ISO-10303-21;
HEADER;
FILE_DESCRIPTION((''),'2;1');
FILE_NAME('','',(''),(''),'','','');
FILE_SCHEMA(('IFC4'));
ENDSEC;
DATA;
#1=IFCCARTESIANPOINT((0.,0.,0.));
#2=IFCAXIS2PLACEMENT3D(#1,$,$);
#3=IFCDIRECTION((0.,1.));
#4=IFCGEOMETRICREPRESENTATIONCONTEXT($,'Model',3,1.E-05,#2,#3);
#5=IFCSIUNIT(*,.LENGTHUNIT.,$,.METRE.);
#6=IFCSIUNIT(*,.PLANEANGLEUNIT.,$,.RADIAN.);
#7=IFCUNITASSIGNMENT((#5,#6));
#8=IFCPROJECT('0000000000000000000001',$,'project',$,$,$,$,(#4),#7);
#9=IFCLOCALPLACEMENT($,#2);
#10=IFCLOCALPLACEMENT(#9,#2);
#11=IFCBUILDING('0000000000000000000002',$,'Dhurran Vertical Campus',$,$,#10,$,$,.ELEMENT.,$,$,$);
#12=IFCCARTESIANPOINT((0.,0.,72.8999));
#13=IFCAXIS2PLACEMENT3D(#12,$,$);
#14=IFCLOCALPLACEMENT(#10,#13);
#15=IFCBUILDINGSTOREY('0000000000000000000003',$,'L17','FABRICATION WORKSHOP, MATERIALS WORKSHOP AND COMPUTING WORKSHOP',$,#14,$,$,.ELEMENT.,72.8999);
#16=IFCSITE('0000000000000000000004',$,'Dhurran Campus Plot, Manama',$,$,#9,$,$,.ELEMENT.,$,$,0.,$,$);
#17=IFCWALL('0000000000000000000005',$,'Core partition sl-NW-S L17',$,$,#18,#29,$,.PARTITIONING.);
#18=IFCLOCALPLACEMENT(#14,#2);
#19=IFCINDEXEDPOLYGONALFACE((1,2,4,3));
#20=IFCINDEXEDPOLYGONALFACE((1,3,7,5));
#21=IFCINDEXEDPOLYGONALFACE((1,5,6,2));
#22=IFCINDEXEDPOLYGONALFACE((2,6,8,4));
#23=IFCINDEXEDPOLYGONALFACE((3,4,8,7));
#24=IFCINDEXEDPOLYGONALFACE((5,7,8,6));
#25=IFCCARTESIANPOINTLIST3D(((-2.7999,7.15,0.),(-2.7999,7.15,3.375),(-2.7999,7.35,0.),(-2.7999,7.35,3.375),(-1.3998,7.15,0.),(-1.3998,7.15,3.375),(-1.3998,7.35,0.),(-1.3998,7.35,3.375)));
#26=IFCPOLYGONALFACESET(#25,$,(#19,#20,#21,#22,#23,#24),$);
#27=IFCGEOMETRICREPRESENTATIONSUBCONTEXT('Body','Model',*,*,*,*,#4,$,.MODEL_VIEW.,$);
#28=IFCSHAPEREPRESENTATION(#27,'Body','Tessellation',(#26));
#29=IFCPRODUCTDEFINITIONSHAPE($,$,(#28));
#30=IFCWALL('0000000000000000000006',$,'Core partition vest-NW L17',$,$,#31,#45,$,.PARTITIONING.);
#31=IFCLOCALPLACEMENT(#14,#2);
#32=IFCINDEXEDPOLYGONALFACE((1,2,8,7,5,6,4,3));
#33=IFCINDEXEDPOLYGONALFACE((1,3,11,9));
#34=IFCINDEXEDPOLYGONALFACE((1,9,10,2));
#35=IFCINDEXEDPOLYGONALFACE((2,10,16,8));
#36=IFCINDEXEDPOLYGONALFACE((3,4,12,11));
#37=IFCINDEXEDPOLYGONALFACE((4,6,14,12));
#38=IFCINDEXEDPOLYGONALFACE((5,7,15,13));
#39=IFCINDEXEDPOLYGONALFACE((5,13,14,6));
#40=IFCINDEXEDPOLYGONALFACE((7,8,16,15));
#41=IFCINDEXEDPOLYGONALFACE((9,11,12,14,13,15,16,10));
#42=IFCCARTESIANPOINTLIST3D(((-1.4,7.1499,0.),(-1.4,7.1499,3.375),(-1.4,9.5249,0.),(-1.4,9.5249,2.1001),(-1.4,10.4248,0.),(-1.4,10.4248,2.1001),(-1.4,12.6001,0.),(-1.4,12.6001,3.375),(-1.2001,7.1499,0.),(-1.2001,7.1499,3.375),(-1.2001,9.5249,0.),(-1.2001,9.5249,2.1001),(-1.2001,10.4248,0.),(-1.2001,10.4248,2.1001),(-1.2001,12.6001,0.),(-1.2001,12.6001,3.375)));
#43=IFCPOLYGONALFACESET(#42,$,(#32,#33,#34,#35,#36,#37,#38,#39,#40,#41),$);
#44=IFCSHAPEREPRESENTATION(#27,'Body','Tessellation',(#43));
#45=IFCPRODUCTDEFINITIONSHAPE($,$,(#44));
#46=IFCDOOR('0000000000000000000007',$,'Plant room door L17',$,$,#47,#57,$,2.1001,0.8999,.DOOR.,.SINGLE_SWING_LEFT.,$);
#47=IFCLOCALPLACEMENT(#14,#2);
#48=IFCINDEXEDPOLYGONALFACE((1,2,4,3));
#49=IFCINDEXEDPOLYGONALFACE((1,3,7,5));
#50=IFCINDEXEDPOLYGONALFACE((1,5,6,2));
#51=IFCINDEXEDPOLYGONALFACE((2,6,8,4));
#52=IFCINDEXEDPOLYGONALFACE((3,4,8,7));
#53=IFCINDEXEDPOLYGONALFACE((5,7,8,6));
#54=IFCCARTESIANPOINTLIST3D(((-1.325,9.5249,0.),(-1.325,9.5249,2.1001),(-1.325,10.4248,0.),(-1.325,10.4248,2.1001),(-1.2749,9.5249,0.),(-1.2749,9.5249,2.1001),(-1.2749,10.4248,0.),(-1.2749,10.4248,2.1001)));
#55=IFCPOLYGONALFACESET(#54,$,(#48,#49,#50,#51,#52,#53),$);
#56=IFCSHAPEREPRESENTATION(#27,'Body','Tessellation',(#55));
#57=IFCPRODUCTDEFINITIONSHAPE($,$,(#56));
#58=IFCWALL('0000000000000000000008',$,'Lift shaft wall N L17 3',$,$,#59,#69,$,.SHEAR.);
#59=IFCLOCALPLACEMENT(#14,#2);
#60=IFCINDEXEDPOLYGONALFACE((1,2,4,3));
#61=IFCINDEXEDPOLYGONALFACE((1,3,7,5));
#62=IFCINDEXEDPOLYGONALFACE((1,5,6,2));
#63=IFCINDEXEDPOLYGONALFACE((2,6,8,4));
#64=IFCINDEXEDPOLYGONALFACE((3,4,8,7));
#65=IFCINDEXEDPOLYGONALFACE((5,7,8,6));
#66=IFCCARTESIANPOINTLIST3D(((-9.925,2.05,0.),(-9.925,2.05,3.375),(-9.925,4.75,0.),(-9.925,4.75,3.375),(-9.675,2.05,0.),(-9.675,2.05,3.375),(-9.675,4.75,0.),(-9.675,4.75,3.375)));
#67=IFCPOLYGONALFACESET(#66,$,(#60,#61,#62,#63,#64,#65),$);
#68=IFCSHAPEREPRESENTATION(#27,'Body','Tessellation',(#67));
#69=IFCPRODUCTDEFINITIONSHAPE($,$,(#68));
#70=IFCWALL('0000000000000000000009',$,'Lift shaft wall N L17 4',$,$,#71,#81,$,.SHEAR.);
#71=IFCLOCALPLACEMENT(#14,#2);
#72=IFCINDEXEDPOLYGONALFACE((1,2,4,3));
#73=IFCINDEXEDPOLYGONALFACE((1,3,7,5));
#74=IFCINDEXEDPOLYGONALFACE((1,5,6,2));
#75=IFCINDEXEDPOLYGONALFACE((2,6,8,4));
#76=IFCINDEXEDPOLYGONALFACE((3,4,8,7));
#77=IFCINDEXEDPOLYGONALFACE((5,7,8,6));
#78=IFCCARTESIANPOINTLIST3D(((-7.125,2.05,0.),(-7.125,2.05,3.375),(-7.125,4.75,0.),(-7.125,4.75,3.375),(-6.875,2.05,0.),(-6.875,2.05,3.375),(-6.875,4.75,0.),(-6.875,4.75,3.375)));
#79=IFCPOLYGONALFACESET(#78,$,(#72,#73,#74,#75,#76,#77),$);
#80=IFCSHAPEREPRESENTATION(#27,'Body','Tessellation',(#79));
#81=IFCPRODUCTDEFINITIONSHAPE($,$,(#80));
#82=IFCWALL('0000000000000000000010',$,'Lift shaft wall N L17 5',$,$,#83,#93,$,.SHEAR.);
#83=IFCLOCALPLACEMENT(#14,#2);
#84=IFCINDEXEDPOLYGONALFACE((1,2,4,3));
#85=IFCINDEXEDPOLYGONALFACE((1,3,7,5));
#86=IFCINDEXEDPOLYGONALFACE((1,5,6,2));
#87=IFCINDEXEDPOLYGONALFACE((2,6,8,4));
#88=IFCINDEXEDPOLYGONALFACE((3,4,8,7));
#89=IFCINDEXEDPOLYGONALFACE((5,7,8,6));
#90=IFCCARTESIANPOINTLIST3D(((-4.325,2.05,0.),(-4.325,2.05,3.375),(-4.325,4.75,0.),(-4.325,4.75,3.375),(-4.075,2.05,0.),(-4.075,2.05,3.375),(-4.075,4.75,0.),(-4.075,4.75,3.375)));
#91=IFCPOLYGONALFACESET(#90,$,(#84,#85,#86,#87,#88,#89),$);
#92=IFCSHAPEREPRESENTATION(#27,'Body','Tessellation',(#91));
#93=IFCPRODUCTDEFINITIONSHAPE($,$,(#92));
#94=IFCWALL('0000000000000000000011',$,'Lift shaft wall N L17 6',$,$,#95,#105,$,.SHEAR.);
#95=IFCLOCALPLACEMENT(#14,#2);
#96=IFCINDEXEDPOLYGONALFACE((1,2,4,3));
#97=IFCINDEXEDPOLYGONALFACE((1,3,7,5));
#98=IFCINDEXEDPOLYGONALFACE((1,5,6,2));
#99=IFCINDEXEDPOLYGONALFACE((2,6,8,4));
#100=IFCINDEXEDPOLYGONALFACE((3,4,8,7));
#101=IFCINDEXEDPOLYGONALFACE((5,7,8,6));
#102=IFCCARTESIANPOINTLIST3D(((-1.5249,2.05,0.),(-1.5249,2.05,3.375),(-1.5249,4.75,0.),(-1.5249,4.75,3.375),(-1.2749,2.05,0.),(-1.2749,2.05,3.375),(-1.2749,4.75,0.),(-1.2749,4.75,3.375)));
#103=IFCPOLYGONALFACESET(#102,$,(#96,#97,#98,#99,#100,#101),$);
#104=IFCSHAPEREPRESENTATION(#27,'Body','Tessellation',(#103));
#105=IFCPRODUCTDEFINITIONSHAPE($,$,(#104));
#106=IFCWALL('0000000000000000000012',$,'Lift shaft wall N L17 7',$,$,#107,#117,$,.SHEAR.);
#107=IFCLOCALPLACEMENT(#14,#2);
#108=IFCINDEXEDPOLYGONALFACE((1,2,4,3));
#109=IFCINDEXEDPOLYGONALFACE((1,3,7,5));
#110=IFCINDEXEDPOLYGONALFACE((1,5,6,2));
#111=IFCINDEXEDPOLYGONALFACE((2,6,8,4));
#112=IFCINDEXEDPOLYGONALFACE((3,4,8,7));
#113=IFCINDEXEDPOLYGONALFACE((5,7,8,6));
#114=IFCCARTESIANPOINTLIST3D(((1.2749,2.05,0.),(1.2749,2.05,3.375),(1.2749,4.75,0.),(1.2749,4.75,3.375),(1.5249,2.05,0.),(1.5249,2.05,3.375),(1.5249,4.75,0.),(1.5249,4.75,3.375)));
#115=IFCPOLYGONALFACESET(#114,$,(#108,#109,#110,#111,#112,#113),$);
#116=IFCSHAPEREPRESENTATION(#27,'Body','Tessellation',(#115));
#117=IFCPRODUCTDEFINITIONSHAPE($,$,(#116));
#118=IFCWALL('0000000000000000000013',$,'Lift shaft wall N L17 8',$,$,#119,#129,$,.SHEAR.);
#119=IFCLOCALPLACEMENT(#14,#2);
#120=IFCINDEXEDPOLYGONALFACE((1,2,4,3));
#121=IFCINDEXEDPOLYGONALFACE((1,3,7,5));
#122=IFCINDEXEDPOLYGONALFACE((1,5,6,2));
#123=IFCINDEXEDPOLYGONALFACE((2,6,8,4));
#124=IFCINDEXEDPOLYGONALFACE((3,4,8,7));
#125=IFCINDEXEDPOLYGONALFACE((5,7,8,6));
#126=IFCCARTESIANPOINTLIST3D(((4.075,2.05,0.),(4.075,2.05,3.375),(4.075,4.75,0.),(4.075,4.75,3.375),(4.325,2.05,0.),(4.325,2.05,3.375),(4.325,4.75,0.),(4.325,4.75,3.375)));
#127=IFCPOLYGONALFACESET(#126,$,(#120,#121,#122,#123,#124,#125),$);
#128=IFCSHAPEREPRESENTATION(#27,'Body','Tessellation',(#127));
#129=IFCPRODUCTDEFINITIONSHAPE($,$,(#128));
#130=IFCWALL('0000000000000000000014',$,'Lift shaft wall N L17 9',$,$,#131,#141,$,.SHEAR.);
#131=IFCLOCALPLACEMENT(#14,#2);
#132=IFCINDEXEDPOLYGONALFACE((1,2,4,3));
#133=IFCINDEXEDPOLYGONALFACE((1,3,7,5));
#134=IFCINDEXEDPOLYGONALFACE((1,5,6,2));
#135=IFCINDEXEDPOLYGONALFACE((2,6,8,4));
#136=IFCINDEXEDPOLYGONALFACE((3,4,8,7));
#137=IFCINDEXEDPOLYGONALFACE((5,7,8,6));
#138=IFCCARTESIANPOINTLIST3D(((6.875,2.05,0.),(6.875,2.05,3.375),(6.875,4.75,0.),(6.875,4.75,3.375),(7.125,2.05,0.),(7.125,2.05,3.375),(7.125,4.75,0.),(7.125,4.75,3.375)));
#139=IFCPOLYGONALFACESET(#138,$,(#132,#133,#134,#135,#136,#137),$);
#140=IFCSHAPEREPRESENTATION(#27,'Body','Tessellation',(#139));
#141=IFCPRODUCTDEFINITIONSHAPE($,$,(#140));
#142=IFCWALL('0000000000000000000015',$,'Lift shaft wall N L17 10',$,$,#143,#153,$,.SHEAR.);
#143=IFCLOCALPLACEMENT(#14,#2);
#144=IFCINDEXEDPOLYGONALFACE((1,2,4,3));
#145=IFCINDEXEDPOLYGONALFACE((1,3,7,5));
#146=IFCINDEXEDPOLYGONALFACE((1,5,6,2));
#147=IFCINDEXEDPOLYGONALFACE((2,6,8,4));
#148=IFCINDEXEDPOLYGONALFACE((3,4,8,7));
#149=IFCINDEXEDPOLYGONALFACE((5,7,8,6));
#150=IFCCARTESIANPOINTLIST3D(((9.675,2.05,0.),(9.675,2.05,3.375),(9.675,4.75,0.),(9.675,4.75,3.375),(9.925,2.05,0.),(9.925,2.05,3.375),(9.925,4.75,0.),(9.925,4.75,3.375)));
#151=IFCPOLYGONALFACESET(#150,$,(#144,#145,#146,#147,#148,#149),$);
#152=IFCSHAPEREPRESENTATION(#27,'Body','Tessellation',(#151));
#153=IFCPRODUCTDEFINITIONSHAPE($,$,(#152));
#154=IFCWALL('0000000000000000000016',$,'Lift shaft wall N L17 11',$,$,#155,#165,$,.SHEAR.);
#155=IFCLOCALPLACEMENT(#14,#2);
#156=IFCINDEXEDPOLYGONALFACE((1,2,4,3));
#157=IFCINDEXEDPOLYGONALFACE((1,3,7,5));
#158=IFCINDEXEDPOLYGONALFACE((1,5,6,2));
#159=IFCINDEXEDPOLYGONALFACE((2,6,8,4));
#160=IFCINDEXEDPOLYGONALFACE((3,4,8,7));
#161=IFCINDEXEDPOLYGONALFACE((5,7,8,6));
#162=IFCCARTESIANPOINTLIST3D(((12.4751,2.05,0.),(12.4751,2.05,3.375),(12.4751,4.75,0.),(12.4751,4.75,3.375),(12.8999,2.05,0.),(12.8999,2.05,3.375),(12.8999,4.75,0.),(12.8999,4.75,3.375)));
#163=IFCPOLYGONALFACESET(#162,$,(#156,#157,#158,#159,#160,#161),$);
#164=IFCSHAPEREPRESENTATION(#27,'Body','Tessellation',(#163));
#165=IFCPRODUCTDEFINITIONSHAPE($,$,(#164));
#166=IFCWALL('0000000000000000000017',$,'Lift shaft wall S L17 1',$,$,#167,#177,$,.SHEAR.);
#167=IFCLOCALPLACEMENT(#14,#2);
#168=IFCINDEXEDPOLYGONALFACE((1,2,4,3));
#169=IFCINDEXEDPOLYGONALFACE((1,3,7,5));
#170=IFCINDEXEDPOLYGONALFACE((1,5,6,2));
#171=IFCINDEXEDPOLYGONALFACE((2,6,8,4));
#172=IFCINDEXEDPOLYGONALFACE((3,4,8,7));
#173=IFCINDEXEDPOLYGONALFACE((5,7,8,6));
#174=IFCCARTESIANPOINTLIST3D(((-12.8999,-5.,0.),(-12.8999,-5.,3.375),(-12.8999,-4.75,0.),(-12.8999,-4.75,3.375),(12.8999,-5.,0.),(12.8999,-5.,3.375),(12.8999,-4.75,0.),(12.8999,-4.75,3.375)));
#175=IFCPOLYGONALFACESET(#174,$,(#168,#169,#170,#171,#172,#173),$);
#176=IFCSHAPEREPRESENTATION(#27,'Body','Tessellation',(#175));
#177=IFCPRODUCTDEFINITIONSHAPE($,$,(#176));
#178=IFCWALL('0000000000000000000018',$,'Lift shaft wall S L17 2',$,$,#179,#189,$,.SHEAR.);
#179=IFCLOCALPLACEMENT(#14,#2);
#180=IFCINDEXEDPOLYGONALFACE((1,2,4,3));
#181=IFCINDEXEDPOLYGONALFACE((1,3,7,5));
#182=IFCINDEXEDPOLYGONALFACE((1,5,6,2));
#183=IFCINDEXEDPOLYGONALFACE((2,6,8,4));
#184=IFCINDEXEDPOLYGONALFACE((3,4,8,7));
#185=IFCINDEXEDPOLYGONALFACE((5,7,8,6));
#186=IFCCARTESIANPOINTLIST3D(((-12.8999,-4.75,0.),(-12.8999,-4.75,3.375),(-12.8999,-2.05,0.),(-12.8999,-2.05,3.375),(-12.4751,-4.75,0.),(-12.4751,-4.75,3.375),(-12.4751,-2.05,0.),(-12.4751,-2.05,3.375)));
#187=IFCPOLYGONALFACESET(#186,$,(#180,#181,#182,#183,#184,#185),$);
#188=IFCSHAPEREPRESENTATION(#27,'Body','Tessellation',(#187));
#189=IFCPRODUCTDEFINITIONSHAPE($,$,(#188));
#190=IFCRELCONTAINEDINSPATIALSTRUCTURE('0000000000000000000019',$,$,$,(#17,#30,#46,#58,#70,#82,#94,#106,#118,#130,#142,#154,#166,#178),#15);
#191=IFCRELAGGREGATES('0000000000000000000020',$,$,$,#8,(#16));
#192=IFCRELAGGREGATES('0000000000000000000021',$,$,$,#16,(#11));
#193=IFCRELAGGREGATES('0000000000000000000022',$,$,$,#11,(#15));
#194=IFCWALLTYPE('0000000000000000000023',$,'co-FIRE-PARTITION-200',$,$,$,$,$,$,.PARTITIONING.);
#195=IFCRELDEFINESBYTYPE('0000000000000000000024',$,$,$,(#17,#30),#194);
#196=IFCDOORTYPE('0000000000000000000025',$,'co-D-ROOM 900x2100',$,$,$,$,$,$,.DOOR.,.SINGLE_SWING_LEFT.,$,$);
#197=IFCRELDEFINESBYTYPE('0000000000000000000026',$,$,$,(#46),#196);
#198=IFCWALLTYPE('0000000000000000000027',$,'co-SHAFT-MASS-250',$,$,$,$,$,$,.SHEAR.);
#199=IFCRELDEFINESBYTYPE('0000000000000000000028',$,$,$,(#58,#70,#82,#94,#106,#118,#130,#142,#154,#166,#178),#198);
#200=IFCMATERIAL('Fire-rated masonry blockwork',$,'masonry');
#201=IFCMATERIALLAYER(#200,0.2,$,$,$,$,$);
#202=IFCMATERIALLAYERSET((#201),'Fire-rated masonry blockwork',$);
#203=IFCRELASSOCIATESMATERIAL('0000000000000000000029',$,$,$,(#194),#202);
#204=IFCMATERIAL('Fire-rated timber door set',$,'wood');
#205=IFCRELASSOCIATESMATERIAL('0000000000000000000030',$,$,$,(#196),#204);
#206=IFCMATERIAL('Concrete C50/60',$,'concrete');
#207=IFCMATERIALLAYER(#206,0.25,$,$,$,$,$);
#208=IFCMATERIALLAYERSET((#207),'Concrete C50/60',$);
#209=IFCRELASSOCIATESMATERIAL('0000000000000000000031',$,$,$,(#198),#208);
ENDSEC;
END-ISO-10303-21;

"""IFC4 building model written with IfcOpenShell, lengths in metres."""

from ifc_helpers import new_model, si_unit, direction, frame, frame_2d, origin, place, context, subcontext, project, spatial, polyline, rectangle, outline, extrude, material, layer, layer_set, type_object, element, fill, save


model = new_model("IFC4")

# Units and contexts
model_context = context("Model", 3, precision=1e-05, world=origin(), true_north=direction((0.0, 1.0)))
body_context = subcontext(model_context, "Body", "Model", "MODEL_VIEW")
ifc_project = project(units=[si_unit("LENGTHUNIT", "METRE"), si_unit("PLANEANGLEUNIT", "RADIAN")], contexts=[model_context])

# Site, building, storey
site_placement = place(None, origin())
site = spatial("IfcSite", under=ifc_project, at=site_placement, Name="Dhurran Campus Plot, Manama", CompositionType="ELEMENT", RefElevation=0.0)
building_placement = place(site_placement, origin())
building = spatial("IfcBuilding", under=site, at=building_placement, Name="Dhurran Vertical Campus", CompositionType="ELEMENT")
storey_placement = place(building_placement, frame((0.0, 0.0, 72.8999)))
storey = spatial("IfcBuildingStorey", under=building, at=storey_placement, Name="L17", Description="FABRICATION WORKSHOP, MATERIALS WORKSHOP AND COMPUTING WORKSHOP", CompositionType="ELEMENT", Elevation=72.8999)

# Wall
ifc_material_1 = material(Name="Fire-rated masonry blockwork", Category="masonry")
ifc_layer_1 = layer(ifc_material_1, 0.2)
ifc_layer_set_1 = layer_set([ifc_layer_1], Name="Fire-rated masonry blockwork")
wall_type_1 = type_object("IfcWallType", Name="co-FIRE-PARTITION-200", PredefinedType="PARTITIONING", material=ifc_layer_set_1)
wall_1_placement = place(storey_placement, frame((-2.8, 7.25, 0.0), z_axis=(0.0, 0.0, 1.0), x_axis=(1.0, 0.0, 0.0)))
element("IfcWall", 1, at=wall_1_placement, inside=storey, type_object=wall_type_1, Name="Core partition sl-NW-S L17", PredefinedType="PARTITIONING", context=body_context, shape_type="SweptSolid", body=[
    extrude(rectangle(XDim=1.4001, YDim=0.2, at=frame_2d((0.7002, 0.0))), origin(), (0.0, 0.0, 1.0), 3.375),
])

# Wall, opening, door
wall_2_placement = place(storey_placement, frame((-1.3, 7.1499, 0.0), z_axis=(0.0, 0.0, 1.0), x_axis=(0.0, 1.0, 0.0)))
wall_2 = element("IfcWall", 2, at=wall_2_placement, inside=storey, type_object=wall_type_1, Name="Core partition vest-NW L17", PredefinedType="PARTITIONING", context=body_context, shape_type="SweptSolid", body=[
    extrude(rectangle(XDim=5.4502, YDim=0.2, at=frame_2d((2.7251, 0.0))), origin(), (0.0, 0.0, 1.0), 3.375),
])
opening_placement = place(wall_2_placement, frame((2.375, 0.0, 0.0)))
opening = element("IfcOpeningElement", 3, at=opening_placement, cuts=wall_2, PredefinedType="OPENING", context=body_context, shape_type="SweptSolid", body=[
    extrude(rectangle(XDim=0.8999, YDim=2.1001, at=frame_2d((0.45, 1.05))), frame((0.0, 0.1099, 0.0), z_axis=(0.0, -1.0, 0.0), x_axis=(1.0, 0.0, 0.0)), (0.0, 0.0, 1.0), 0.22),
])
ifc_material_2 = material(Name="Fire-rated timber door set", Category="wood")
door_type = type_object("IfcDoorType", Name="co-D-ROOM 900x2100", OperationType="SINGLE_SWING_LEFT", PredefinedType="DOOR", material=ifc_material_2)
door_placement = place(opening_placement, origin())
door = element("IfcDoor", 4, at=door_placement, inside=storey, type_object=door_type, Name="Plant room door L17", OperationType="SINGLE_SWING_LEFT", OverallHeight=2.1001, OverallWidth=0.8999, PredefinedType="DOOR", context=body_context, shape_type="SweptSolid", body=[
    extrude(rectangle(XDim=0.8999, YDim=2.1001, at=frame_2d((0.45, 1.05))), frame((0.0, 0.0249, 0.0), z_axis=(0.0, -1.0, 0.0), x_axis=(1.0, 0.0, 0.0)), (0.0, 0.0, 1.0), 0.05),
])
fill(opening, door)

# Walls
ifc_material_3 = material(Name="Concrete C50/60", Category="concrete")
ifc_layer_2 = layer(ifc_material_3, 0.25)
ifc_layer_set_2 = layer_set([ifc_layer_2], Name="Concrete C50/60")
wall_type_2 = type_object("IfcWallType", Name="co-SHAFT-MASS-250", PredefinedType="SHEAR", material=ifc_layer_set_2)
wall_3_placement = place(storey_placement, origin())
element("IfcWall", 5, at=wall_3_placement, inside=storey, type_object=wall_type_2, Name="Lift shaft wall N L17 3", PredefinedType="SHEAR", context=body_context, shape_type="SweptSolid", body=[
    extrude(outline(polyline([(-9.925, 2.05), (-9.675, 2.05), (-9.675, 4.75), (-9.925, 4.75), (-9.925, 2.05)])), origin(), (0.0, 0.0, 1.0), 3.375),
])
wall_4_placement = place(storey_placement, origin())
element("IfcWall", 6, at=wall_4_placement, inside=storey, type_object=wall_type_2, Name="Lift shaft wall N L17 4", PredefinedType="SHEAR", context=body_context, shape_type="SweptSolid", body=[
    extrude(outline(polyline([(-7.125, 2.05), (-6.875, 2.05), (-6.875, 4.75), (-7.125, 4.75), (-7.125, 2.05)])), origin(), (0.0, 0.0, 1.0), 3.375),
])
wall_5_placement = place(storey_placement, origin())
element("IfcWall", 7, at=wall_5_placement, inside=storey, type_object=wall_type_2, Name="Lift shaft wall N L17 5", PredefinedType="SHEAR", context=body_context, shape_type="SweptSolid", body=[
    extrude(outline(polyline([(-4.325, 2.05), (-4.075, 2.05), (-4.075, 4.75), (-4.325, 4.75), (-4.325, 2.05)])), origin(), (0.0, 0.0, 1.0), 3.375),
])
wall_6_placement = place(storey_placement, origin())
element("IfcWall", 8, at=wall_6_placement, inside=storey, type_object=wall_type_2, Name="Lift shaft wall N L17 6", PredefinedType="SHEAR", context=body_context, shape_type="SweptSolid", body=[
    extrude(outline(polyline([(-1.5249, 2.05), (-1.2749, 2.05), (-1.2749, 4.75), (-1.5249, 4.75), (-1.5249, 2.05)])), origin(), (0.0, 0.0, 1.0), 3.375),
])
wall_7_placement = place(storey_placement, origin())
element("IfcWall", 9, at=wall_7_placement, inside=storey, type_object=wall_type_2, Name="Lift shaft wall N L17 7", PredefinedType="SHEAR", context=body_context, shape_type="SweptSolid", body=[
    extrude(outline(polyline([(1.2749, 2.05), (1.5249, 2.05), (1.5249, 4.75), (1.2749, 4.75), (1.2749, 2.05)])), origin(), (0.0, 0.0, 1.0), 3.375),
])
wall_8_placement = place(storey_placement, origin())
element("IfcWall", 10, at=wall_8_placement, inside=storey, type_object=wall_type_2, Name="Lift shaft wall N L17 8", PredefinedType="SHEAR", context=body_context, shape_type="SweptSolid", body=[
    extrude(outline(polyline([(4.075, 2.05), (4.325, 2.05), (4.325, 4.75), (4.075, 4.75), (4.075, 2.05)])), origin(), (0.0, 0.0, 1.0), 3.375),
])
wall_9_placement = place(storey_placement, origin())
element("IfcWall", 11, at=wall_9_placement, inside=storey, type_object=wall_type_2, Name="Lift shaft wall N L17 9", PredefinedType="SHEAR", context=body_context, shape_type="SweptSolid", body=[
    extrude(outline(polyline([(6.875, 2.05), (7.125, 2.05), (7.125, 4.75), (6.875, 4.75), (6.875, 2.05)])), origin(), (0.0, 0.0, 1.0), 3.375),
])
wall_10_placement = place(storey_placement, origin())
element("IfcWall", 12, at=wall_10_placement, inside=storey, type_object=wall_type_2, Name="Lift shaft wall N L17 10", PredefinedType="SHEAR", context=body_context, shape_type="SweptSolid", body=[
    extrude(outline(polyline([(9.675, 2.05), (9.925, 2.05), (9.925, 4.75), (9.675, 4.75), (9.675, 2.05)])), origin(), (0.0, 0.0, 1.0), 3.375),
])
wall_11_placement = place(storey_placement, origin())
element("IfcWall", 13, at=wall_11_placement, inside=storey, type_object=wall_type_2, Name="Lift shaft wall N L17 11", PredefinedType="SHEAR", context=body_context, shape_type="SweptSolid", body=[
    extrude(outline(polyline([(12.4751, 2.05), (12.8999, 2.05), (12.8999, 4.75), (12.4751, 4.75), (12.4751, 2.05)])), origin(), (0.0, 0.0, 1.0), 3.375),
])
wall_12_placement = place(storey_placement, origin())
element("IfcWall", 14, at=wall_12_placement, inside=storey, type_object=wall_type_2, Name="Lift shaft wall S L17 1", PredefinedType="SHEAR", context=body_context, shape_type="SweptSolid", body=[
    extrude(outline(polyline([(-12.8999, -5.0), (12.8999, -5.0), (12.8999, -4.75), (-12.8999, -4.75), (-12.8999, -5.0)])), origin(), (0.0, 0.0, 1.0), 3.375),
])
wall_13_placement = place(storey_placement, origin())
element("IfcWall", 15, at=wall_13_placement, inside=storey, type_object=wall_type_2, Name="Lift shaft wall S L17 2", PredefinedType="SHEAR", context=body_context, shape_type="SweptSolid", body=[
    extrude(outline(polyline([(-12.8999, -4.75), (-12.4751, -4.75), (-12.4751, -2.05), (-12.8999, -2.05), (-12.8999, -4.75)])), origin(), (0.0, 0.0, 1.0), 3.375),
])

save(model, "model.ifc")
